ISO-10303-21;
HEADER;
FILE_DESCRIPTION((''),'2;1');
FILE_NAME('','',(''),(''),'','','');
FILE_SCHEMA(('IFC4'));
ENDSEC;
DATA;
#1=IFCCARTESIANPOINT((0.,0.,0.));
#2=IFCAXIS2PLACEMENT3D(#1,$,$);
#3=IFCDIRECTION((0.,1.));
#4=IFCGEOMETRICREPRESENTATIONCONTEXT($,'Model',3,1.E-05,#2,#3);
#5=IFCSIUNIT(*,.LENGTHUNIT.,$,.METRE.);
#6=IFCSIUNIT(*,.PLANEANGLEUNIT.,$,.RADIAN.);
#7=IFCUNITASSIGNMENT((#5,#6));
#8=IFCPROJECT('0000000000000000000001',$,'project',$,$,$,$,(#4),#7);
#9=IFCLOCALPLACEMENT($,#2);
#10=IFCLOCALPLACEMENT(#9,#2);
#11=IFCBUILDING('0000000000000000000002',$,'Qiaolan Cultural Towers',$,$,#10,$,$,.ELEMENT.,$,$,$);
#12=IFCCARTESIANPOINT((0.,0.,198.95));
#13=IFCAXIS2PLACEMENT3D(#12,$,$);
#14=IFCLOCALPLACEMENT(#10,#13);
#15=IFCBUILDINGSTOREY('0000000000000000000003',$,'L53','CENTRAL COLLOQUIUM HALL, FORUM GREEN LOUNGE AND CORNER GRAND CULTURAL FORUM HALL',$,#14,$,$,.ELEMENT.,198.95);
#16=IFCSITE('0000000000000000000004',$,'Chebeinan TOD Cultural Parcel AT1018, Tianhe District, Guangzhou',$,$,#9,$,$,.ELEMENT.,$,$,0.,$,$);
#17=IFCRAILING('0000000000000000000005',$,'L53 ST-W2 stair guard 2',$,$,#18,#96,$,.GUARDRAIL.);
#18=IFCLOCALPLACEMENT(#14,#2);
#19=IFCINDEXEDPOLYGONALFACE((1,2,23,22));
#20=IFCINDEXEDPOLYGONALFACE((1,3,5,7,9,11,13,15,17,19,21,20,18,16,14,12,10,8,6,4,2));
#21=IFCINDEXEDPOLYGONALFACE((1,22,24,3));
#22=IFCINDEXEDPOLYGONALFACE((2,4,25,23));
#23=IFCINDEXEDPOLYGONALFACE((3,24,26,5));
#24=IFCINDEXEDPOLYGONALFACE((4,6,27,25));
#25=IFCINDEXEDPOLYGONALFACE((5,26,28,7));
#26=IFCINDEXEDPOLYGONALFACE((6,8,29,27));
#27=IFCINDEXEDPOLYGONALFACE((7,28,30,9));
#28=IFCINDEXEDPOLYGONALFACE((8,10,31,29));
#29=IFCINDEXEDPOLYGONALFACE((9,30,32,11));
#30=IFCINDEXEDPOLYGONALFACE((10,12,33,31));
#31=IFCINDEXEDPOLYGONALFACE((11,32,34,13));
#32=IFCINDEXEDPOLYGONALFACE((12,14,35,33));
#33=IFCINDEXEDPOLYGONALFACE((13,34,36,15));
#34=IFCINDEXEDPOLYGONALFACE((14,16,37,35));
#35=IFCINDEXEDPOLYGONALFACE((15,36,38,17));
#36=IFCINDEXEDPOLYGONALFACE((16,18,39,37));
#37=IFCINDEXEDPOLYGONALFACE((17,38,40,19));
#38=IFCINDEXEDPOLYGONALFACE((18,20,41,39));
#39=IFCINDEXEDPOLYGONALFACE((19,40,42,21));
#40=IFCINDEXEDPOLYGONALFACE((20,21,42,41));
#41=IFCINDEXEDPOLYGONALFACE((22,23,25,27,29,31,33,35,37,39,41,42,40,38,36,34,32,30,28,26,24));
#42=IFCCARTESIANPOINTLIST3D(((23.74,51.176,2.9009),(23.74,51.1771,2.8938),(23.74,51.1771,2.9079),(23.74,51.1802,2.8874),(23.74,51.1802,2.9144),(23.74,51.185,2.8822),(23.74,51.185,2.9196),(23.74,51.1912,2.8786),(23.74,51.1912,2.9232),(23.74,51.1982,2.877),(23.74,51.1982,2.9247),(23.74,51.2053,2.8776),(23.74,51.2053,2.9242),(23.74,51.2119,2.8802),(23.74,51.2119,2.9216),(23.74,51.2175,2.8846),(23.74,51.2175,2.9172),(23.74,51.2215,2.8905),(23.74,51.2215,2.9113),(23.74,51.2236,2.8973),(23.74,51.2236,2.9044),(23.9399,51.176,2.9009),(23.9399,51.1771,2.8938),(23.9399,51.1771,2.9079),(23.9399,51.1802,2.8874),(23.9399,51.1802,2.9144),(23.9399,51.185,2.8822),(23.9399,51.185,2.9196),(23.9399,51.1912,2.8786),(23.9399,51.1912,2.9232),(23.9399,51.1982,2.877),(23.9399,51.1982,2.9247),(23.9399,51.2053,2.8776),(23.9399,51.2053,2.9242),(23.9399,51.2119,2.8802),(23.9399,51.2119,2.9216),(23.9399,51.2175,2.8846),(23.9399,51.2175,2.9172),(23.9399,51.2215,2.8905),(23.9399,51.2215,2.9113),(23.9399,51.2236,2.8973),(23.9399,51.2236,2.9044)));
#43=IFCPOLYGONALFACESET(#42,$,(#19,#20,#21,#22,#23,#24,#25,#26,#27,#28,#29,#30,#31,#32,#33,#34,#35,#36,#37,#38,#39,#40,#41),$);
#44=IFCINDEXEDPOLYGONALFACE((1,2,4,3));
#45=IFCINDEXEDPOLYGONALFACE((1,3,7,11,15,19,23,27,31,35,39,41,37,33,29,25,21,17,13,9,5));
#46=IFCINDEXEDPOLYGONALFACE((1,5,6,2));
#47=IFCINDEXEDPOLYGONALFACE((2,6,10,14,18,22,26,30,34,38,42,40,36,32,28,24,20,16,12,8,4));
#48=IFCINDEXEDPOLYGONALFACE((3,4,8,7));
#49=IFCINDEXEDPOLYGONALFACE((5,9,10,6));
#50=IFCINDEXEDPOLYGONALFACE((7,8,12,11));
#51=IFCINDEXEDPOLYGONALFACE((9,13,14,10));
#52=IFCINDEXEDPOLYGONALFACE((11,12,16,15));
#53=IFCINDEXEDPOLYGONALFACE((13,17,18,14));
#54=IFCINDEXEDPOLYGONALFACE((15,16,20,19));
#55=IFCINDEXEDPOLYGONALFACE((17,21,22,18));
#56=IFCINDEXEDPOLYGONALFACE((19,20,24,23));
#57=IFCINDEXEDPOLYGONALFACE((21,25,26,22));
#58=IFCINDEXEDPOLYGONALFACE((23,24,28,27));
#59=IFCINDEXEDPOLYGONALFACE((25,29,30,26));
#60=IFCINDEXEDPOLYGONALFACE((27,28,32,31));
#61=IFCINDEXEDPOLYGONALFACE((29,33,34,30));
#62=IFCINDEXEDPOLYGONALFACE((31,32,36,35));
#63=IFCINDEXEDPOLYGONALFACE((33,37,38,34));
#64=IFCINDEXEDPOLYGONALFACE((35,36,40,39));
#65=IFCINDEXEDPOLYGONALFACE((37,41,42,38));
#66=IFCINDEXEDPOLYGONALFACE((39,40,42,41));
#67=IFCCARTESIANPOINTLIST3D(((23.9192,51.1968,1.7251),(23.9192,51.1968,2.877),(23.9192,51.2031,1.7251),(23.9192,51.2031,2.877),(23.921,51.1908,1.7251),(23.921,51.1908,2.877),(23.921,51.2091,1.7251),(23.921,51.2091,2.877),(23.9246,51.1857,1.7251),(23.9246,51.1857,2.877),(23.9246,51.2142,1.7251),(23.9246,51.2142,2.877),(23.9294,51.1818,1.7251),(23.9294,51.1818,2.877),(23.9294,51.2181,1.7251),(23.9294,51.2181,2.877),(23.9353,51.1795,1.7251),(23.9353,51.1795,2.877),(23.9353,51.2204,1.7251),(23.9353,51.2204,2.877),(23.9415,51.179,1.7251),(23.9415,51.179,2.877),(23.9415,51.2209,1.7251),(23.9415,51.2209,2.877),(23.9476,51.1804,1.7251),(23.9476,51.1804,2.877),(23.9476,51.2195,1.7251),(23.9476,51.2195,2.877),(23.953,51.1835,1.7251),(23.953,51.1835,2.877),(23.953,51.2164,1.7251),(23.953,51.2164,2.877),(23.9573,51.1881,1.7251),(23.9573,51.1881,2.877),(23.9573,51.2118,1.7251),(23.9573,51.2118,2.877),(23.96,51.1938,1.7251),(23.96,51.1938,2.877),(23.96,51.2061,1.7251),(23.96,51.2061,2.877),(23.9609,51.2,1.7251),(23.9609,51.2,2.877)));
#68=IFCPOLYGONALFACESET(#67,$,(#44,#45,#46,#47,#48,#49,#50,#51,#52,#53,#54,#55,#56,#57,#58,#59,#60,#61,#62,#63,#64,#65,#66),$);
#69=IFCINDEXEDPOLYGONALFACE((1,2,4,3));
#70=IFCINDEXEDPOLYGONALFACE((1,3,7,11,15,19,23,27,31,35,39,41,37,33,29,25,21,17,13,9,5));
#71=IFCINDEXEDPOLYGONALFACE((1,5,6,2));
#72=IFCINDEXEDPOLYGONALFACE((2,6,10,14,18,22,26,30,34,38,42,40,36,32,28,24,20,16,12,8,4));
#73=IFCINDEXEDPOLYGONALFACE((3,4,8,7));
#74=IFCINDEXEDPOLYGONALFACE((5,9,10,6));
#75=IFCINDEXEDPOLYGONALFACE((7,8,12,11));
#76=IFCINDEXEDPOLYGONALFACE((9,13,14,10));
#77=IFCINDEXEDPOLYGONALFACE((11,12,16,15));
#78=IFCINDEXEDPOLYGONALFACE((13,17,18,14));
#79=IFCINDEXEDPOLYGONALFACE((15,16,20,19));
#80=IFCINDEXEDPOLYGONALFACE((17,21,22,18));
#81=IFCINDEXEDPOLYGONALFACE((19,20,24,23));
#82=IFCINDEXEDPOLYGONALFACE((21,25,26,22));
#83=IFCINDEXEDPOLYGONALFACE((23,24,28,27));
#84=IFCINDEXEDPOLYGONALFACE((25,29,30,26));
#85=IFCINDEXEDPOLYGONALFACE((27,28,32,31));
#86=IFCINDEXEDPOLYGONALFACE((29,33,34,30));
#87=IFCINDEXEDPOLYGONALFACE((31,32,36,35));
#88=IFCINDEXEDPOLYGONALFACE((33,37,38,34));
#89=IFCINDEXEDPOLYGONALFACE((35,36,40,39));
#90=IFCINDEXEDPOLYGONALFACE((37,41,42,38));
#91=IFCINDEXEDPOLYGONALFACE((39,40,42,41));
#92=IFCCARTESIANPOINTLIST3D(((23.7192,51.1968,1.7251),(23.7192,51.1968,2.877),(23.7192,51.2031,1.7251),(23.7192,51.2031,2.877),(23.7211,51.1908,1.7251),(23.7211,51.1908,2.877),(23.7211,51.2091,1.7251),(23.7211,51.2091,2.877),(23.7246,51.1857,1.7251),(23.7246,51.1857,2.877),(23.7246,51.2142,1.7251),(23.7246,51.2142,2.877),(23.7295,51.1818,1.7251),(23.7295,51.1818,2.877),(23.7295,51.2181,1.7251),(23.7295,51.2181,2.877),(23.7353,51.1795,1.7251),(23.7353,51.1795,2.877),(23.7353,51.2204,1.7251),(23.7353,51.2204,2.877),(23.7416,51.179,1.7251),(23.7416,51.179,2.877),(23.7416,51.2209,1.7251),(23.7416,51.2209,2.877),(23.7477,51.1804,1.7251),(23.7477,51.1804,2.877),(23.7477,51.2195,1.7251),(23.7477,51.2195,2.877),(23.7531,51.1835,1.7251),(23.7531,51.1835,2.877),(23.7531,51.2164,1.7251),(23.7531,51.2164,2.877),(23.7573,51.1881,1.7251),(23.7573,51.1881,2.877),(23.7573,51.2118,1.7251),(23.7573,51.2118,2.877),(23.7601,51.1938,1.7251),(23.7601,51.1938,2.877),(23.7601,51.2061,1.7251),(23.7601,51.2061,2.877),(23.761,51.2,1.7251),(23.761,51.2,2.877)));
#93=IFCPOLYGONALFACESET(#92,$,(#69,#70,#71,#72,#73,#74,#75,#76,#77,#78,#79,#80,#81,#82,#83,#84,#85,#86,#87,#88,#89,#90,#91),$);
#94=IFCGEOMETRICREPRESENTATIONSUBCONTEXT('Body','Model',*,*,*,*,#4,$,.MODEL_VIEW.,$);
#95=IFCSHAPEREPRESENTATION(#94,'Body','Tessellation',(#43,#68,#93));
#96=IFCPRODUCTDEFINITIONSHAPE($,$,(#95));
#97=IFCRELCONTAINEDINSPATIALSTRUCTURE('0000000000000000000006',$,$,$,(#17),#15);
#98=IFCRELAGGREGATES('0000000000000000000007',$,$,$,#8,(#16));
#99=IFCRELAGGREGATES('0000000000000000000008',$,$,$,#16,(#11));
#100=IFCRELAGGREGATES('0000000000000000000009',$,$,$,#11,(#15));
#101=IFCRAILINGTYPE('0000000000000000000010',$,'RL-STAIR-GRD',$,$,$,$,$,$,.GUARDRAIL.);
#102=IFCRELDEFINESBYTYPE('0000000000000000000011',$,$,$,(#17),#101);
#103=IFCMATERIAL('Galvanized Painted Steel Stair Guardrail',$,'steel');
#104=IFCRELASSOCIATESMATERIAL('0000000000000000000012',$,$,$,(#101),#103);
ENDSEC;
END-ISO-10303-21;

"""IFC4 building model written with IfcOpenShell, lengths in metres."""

from ifc_helpers import new_model, si_unit, direction, frame, origin, origin_2d, place, context, subcontext, project, spatial, circle, extrude, material, type_object, element, save


model = new_model("IFC4")

# Units and contexts
model_context = context("Model", 3, precision=1e-05, world=origin(), true_north=direction((0.0, 1.0)))
body_context = subcontext(model_context, "Body", "Model", "MODEL_VIEW")
ifc_project = project(units=[si_unit("LENGTHUNIT", "METRE"), si_unit("PLANEANGLEUNIT", "RADIAN")], contexts=[model_context])

# Site, building, storey
site_placement = place(None, origin())
site = spatial("IfcSite", under=ifc_project, at=site_placement, Name="Chebeinan TOD Cultural Parcel AT1018, Tianhe District, Guangzhou", CompositionType="ELEMENT", RefElevation=0.0)
building_placement = place(site_placement, origin())
building = spatial("IfcBuilding", under=site, at=building_placement, Name="Qiaolan Cultural Towers", CompositionType="ELEMENT")
storey_placement = place(building_placement, frame((0.0, 0.0, 198.95)))
storey = spatial("IfcBuildingStorey", under=building, at=storey_placement, Name="L53", Description="CENTRAL COLLOQUIUM HALL, FORUM GREEN LOUNGE AND CORNER GRAND CULTURAL FORUM HALL", CompositionType="ELEMENT", Elevation=198.95)

# Railing
ifc_material_1 = material(Name="Galvanized Painted Steel Stair Guardrail", Category="steel")
railing_type_1 = type_object("IfcRailingType", Name="RL-STAIR-GRD", PredefinedType="GUARDRAIL", material=ifc_material_1)
railing_1_placement = place(storey_placement, frame((23.9399, 51.2, 1.7251)))
element("IfcRailing", 1, at=railing_1_placement, inside=storey, type_object=railing_type_1, Name="L53 ST-W2 stair guard 2", PredefinedType="GUARDRAIL", context=body_context, shape_type="SweptSolid", body=[
    extrude(circle(Radius=0.0239, at=origin_2d()), frame((0.0, 0.0, 1.1758), z_axis=(-1.0, 0.0, 0.0), x_axis=(0.0, -1.0, 0.0)), (0.0, 0.0, 1.0), 0.2),
    extrude(circle(Radius=0.021, at=origin_2d()), origin(), (0.0, 0.0, 1.0), 1.1519),
    extrude(circle(Radius=0.021, at=origin_2d()), frame((-0.2, 0.0, 0.0)), (0.0, 0.0, 1.0), 1.1519),
])

save(model, "model.ifc")
